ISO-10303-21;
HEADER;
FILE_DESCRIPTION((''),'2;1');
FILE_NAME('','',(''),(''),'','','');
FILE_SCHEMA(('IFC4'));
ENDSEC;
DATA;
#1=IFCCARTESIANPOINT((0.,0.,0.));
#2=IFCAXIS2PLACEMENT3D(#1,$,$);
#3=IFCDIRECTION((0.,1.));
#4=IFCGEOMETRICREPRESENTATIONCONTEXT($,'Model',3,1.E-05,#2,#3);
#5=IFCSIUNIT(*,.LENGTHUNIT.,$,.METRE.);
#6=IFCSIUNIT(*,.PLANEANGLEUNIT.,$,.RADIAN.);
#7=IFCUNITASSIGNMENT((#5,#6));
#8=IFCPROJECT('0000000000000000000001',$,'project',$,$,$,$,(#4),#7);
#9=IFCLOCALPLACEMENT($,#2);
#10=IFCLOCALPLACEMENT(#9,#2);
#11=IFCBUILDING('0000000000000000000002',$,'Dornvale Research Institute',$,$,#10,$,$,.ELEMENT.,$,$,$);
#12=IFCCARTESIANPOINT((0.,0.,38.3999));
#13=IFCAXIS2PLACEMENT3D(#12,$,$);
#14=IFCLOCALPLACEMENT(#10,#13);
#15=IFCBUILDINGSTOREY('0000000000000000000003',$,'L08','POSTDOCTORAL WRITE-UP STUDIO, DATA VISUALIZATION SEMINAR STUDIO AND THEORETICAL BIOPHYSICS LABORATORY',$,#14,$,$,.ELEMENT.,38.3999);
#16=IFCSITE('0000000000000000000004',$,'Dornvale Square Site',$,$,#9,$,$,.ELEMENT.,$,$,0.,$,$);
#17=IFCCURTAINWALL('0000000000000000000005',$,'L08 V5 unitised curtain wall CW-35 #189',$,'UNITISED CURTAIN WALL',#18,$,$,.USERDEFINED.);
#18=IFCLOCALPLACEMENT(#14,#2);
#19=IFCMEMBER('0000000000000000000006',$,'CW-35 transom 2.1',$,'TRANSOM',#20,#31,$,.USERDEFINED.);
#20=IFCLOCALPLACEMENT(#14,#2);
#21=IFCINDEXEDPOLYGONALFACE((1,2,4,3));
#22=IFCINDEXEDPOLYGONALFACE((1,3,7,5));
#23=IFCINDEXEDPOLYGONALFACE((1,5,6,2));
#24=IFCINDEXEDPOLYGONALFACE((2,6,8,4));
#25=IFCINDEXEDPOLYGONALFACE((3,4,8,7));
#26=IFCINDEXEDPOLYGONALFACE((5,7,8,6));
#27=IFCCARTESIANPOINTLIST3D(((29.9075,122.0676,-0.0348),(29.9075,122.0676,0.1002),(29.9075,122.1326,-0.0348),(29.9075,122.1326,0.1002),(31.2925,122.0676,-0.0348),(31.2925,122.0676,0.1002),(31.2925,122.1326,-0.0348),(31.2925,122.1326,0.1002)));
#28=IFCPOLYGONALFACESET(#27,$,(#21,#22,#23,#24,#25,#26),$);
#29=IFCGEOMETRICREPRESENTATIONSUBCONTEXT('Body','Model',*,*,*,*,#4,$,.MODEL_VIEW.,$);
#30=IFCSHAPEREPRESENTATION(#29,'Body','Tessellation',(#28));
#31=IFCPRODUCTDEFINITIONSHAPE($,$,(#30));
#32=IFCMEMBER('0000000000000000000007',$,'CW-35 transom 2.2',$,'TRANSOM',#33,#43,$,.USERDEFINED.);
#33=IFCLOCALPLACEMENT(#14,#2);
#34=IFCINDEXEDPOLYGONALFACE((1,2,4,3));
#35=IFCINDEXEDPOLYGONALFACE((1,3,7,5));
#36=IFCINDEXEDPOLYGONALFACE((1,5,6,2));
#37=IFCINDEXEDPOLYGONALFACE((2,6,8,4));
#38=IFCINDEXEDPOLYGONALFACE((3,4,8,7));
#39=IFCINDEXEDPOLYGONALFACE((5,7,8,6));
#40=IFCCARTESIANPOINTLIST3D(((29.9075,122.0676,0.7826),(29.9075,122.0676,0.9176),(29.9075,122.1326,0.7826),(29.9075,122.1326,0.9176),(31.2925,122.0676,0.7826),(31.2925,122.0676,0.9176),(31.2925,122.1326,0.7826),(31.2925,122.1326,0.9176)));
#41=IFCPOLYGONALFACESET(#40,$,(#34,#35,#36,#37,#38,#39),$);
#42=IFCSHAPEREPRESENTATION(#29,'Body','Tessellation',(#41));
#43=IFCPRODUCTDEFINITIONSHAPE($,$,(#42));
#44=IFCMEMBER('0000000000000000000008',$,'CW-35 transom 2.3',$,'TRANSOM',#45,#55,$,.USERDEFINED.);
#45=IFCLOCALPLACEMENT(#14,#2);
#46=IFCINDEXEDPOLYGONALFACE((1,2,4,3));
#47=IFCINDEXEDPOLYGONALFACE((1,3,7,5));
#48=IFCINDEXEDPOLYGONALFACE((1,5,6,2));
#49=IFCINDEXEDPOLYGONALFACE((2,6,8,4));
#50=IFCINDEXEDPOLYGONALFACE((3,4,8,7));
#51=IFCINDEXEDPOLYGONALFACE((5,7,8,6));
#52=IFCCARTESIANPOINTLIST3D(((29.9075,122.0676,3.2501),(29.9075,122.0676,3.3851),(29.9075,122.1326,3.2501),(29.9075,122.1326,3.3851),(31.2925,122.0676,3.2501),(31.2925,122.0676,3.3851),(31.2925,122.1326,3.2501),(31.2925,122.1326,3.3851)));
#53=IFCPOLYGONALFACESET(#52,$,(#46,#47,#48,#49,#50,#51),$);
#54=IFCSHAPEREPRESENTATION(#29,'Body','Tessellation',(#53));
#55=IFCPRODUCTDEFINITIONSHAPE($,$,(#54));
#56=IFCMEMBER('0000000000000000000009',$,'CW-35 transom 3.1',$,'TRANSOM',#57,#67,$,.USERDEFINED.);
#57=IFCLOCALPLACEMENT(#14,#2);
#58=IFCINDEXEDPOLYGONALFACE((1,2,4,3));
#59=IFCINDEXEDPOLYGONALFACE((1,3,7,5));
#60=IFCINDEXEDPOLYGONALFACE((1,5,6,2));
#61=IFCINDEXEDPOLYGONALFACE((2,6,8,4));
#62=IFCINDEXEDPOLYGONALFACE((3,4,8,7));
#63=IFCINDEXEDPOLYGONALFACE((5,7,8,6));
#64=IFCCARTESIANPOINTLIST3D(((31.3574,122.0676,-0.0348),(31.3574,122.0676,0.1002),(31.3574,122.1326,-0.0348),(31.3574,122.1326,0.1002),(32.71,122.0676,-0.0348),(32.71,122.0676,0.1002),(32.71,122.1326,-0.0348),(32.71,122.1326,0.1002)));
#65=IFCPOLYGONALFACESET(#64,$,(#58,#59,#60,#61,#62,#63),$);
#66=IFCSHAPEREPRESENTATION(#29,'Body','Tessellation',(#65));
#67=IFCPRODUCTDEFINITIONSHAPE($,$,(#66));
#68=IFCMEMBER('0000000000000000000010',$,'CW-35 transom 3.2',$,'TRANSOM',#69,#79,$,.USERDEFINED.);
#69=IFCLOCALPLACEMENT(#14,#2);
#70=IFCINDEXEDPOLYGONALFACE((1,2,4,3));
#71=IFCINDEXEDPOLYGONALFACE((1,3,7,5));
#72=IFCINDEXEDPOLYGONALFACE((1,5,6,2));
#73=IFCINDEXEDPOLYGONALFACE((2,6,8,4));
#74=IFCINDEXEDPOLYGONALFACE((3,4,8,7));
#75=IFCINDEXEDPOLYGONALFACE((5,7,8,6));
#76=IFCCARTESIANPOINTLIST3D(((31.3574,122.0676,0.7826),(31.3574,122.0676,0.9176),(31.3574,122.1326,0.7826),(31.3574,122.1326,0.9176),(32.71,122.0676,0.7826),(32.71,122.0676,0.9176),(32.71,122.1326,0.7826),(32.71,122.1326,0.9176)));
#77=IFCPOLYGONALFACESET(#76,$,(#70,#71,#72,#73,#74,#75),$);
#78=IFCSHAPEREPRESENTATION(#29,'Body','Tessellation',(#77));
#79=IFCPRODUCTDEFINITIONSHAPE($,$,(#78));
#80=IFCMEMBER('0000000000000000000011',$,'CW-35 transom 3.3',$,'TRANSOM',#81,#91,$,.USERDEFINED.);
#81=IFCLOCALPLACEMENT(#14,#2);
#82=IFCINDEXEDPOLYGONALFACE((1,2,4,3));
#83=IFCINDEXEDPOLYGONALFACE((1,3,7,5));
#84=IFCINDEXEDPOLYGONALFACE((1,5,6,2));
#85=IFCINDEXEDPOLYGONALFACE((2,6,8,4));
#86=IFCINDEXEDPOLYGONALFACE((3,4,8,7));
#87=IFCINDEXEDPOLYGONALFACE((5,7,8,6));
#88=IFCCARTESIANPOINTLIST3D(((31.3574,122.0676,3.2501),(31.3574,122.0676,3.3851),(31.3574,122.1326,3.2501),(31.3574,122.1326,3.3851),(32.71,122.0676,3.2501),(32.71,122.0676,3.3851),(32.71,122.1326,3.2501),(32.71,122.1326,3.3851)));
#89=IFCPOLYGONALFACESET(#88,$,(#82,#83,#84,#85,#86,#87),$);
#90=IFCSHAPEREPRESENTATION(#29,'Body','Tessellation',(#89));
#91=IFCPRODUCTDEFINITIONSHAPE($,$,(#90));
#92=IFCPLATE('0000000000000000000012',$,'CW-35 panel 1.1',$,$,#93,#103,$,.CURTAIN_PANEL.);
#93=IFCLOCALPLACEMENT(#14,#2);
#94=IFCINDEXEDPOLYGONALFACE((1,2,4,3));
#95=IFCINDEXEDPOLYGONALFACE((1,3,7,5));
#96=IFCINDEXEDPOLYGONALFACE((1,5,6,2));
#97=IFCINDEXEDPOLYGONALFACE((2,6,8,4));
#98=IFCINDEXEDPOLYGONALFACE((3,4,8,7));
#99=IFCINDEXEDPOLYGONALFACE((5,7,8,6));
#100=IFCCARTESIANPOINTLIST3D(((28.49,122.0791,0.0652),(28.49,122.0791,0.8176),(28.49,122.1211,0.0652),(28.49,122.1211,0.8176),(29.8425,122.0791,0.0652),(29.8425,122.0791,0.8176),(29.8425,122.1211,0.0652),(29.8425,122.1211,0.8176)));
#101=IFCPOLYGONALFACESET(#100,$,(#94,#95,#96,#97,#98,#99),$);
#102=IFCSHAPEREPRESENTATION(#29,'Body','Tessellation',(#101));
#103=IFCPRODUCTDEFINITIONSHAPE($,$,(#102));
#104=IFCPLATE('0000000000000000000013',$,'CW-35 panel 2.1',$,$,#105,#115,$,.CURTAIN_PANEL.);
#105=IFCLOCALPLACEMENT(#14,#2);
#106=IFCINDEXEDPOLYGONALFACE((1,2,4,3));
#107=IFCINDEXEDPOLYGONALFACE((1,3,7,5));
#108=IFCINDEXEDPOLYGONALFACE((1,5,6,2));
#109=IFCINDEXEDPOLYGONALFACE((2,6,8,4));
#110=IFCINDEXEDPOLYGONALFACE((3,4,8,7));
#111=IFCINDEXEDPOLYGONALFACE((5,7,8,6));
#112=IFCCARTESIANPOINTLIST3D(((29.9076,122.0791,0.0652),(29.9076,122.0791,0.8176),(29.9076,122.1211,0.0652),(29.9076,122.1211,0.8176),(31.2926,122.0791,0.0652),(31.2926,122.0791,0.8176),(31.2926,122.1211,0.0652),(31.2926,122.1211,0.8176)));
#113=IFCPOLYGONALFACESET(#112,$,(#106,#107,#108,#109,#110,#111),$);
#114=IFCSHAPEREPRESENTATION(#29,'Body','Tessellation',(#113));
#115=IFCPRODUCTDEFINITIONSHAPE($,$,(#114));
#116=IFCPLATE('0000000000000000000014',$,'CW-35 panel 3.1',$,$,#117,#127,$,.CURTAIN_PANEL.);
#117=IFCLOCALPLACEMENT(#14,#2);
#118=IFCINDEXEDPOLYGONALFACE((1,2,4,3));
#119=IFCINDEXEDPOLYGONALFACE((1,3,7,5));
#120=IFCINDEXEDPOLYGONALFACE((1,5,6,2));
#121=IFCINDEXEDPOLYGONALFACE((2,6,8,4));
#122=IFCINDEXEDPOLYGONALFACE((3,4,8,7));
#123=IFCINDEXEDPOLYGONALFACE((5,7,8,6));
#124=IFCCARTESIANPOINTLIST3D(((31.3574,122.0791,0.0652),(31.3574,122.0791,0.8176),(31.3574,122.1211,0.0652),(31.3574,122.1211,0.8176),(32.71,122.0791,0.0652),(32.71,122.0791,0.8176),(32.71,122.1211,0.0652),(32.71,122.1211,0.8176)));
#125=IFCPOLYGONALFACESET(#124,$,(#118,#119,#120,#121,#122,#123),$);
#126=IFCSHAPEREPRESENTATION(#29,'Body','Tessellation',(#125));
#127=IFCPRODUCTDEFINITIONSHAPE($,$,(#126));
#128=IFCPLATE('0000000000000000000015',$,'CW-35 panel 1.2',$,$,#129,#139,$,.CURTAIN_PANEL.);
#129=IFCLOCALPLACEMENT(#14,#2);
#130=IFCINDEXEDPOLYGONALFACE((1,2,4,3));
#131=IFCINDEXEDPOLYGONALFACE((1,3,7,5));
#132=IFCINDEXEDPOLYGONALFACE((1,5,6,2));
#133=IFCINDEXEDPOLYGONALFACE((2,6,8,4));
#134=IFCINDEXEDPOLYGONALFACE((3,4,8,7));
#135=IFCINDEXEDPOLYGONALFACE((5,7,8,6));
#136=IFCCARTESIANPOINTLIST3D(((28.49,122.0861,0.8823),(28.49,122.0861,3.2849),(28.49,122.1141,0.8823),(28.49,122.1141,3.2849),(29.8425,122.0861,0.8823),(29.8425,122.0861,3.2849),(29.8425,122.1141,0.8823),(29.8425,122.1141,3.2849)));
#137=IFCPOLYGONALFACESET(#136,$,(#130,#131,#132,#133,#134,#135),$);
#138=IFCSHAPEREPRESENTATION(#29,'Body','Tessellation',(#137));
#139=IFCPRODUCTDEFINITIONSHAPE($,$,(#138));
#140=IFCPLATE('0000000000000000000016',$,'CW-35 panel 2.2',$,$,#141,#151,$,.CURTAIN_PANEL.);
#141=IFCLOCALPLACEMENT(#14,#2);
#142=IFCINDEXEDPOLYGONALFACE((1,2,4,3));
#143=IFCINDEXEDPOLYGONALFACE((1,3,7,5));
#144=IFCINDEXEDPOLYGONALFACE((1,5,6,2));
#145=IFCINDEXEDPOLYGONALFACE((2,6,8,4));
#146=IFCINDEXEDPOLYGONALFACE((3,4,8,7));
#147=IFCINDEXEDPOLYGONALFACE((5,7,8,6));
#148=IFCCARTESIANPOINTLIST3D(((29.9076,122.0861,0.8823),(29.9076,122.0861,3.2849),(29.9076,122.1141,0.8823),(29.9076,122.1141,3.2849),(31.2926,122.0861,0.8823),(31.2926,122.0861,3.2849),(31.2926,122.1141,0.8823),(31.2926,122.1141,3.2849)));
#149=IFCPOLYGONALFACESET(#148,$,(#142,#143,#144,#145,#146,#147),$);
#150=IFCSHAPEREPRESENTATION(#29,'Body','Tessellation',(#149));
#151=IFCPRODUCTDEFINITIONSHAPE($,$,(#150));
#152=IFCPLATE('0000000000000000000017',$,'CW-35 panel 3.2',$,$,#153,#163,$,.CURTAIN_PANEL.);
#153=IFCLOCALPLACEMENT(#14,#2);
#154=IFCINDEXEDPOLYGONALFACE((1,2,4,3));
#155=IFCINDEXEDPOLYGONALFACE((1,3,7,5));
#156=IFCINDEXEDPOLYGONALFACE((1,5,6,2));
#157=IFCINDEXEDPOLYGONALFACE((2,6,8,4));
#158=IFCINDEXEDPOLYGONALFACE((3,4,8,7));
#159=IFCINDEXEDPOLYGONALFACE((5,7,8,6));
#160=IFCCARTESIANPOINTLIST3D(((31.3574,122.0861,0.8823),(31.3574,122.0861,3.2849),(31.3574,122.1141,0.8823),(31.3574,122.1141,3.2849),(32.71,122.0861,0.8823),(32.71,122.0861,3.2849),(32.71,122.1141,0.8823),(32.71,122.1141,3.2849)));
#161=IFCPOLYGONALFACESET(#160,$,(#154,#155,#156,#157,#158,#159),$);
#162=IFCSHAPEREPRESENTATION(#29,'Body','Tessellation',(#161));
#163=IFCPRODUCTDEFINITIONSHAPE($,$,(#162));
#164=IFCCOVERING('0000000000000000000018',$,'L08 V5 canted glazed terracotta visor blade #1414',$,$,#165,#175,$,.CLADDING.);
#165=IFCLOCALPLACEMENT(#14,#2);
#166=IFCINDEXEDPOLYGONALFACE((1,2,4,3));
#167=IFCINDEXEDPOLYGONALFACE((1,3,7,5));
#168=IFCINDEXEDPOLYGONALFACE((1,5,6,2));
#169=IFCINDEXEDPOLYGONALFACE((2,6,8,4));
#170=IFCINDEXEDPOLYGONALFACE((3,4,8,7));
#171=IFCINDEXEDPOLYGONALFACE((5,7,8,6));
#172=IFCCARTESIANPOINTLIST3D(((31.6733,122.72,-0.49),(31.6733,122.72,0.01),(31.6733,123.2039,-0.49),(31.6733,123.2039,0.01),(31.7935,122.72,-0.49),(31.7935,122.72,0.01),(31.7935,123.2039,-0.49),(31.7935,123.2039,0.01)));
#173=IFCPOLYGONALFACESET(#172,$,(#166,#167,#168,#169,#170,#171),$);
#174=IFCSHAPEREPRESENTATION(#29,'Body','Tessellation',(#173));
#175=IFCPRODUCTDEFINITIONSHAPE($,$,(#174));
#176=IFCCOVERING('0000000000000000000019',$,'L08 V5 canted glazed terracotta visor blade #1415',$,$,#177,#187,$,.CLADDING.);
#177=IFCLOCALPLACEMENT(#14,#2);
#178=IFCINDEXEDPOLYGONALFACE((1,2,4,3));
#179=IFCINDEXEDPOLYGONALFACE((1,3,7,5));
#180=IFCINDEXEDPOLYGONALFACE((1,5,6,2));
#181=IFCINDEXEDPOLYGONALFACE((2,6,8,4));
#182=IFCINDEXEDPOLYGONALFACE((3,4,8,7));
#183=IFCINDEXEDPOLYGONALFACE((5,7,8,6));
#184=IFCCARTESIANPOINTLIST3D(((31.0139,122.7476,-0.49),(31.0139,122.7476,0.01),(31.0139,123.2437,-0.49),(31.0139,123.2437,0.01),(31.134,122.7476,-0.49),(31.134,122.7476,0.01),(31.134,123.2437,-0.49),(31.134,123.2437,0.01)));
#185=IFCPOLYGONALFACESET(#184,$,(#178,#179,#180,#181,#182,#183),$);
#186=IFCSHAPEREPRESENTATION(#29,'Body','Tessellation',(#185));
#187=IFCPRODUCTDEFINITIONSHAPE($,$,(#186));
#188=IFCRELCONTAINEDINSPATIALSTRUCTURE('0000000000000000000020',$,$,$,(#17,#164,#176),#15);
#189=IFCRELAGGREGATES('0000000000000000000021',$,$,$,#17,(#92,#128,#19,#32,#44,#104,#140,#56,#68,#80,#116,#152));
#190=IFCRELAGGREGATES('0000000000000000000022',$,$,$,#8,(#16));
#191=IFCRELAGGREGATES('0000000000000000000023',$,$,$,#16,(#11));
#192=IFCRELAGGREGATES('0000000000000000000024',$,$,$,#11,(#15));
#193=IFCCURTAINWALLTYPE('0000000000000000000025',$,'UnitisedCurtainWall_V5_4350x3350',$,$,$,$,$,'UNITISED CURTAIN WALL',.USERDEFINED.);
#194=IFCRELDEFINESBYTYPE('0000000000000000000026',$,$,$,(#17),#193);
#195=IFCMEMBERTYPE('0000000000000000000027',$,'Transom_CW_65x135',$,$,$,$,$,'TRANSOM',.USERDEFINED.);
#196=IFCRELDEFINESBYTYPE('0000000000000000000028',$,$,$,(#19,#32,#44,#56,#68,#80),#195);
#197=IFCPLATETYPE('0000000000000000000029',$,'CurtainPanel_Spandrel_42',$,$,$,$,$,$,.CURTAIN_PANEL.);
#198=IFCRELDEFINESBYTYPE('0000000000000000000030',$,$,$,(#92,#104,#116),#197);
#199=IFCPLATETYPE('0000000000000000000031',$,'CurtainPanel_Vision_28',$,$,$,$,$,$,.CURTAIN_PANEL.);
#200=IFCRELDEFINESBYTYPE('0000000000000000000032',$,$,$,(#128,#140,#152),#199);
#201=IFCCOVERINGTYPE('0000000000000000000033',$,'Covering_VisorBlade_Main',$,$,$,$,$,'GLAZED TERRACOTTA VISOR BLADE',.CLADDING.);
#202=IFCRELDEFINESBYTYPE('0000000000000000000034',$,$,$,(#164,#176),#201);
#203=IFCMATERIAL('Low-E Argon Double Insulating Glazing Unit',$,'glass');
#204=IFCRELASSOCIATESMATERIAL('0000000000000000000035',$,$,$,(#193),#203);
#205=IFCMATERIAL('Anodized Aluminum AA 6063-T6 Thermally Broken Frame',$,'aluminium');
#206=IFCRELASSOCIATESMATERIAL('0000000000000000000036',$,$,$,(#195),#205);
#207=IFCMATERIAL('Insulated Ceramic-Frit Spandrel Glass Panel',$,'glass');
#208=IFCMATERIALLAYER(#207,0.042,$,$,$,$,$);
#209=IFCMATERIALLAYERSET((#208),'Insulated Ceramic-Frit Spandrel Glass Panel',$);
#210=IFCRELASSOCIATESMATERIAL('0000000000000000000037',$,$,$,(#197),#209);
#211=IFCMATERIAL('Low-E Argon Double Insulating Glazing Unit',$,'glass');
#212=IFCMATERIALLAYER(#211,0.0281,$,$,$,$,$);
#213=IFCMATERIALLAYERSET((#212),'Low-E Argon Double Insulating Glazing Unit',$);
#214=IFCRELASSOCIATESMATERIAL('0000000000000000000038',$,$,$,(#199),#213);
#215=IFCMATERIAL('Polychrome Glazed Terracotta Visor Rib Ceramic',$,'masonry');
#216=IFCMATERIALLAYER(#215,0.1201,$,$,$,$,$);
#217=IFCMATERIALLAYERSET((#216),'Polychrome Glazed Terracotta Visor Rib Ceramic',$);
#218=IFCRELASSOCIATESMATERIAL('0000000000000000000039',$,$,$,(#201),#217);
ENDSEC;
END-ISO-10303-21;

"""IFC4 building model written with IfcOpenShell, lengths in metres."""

from ifc_helpers import new_model, si_unit, direction, frame, origin, origin_2d, place, context, subcontext, project, spatial, rectangle, extrude, material, layer, layer_set, material_profile, profile_set, type_object, element, aggregate, save


model = new_model("IFC4")

# Units and contexts
model_context = context("Model", 3, precision=1e-05, world=origin(), true_north=direction((0.0, 1.0)))
body_context = subcontext(model_context, "Body", "Model", "MODEL_VIEW")
ifc_project = project(units=[si_unit("LENGTHUNIT", "METRE"), si_unit("PLANEANGLEUNIT", "RADIAN")], contexts=[model_context])

# Site, building, storey
site_placement = place(None, origin())
site = spatial("IfcSite", under=ifc_project, at=site_placement, Name="Dornvale Square Site", CompositionType="ELEMENT", RefElevation=0.0)
building_placement = place(site_placement, origin())
building = spatial("IfcBuilding", under=site, at=building_placement, Name="Dornvale Research Institute", CompositionType="ELEMENT")
storey_placement = place(building_placement, frame((0.0, 0.0, 38.3999)))
storey = spatial("IfcBuildingStorey", under=building, at=storey_placement, Name="L08", Description="POSTDOCTORAL WRITE-UP STUDIO, DATA VISUALIZATION SEMINAR STUDIO AND THEORETICAL BIOPHYSICS LABORATORY", CompositionType="ELEMENT", Elevation=38.3999)

# Curtain wall
ifc_material_1 = material(Name="Low-E Argon Double Insulating Glazing Unit", Category="glass")
curtain_wall_type = type_object("IfcCurtainWallType", Name="UnitisedCurtainWall_V5_4350x3350", ElementType="UNITISED CURTAIN WALL", PredefinedType="USERDEFINED", material=ifc_material_1)
curtain_wall_placement = place(storey_placement, origin())
curtain_wall = element("IfcCurtainWall", 1, at=curtain_wall_placement, inside=storey, type_object=curtain_wall_type, Name="L08 V5 unitised curtain wall CW-35 #189", ObjectType="UNITISED CURTAIN WALL", PredefinedType="USERDEFINED")

# Members
ifc_material_2 = material(Name="Anodized Aluminum AA 6063-T6 Thermally Broken Frame", Category="aluminium")
ifc_material_profile_1 = material_profile(ifc_material_2, rectangle(XDim=0.0649, YDim=0.135, at=origin_2d()), Name="ALU TRANSOM 65x135")
ifc_profile_set_1 = profile_set([ifc_material_profile_1], Name="Anodized Aluminum AA 6063-T6 Thermally Broken Frame")
member_type_1 = type_object("IfcMemberType", Name="Transom_CW_65x135", ElementType="TRANSOM", PredefinedType="USERDEFINED", material=ifc_profile_set_1)
member_1_placement = place(storey_placement, frame((29.9075, 122.1001, 0.0327), z_axis=(1.0, 0.0, 0.0), x_axis=(0.0, 1.0, 0.0)))
member_1 = element("IfcMember", 2, at=member_1_placement, type_object=member_type_1, Name="CW-35 transom 2.1", ObjectType="TRANSOM", PredefinedType="USERDEFINED", context=body_context, shape_type="SweptSolid", body=[
    extrude(rectangle(XDim=0.0649, YDim=0.135, at=origin_2d()), origin(), (0.0, 0.0, 1.0), 1.385),
])
member_2_placement = place(storey_placement, frame((29.9075, 122.1001, 0.8501), z_axis=(1.0, 0.0, 0.0), x_axis=(0.0, 1.0, 0.0)))
member_2 = element("IfcMember", 3, at=member_2_placement, type_object=member_type_1, Name="CW-35 transom 2.2", ObjectType="TRANSOM", PredefinedType="USERDEFINED", context=body_context, shape_type="SweptSolid", body=[
    extrude(rectangle(XDim=0.0649, YDim=0.135, at=origin_2d()), origin(), (0.0, 0.0, 1.0), 1.385),
])
member_3_placement = place(storey_placement, frame((29.9075, 122.1001, 3.3176), z_axis=(1.0, 0.0, 0.0), x_axis=(0.0, 1.0, 0.0)))
member_3 = element("IfcMember", 4, at=member_3_placement, type_object=member_type_1, Name="CW-35 transom 2.3", ObjectType="TRANSOM", PredefinedType="USERDEFINED", context=body_context, shape_type="SweptSolid", body=[
    extrude(rectangle(XDim=0.0649, YDim=0.135, at=origin_2d()), origin(), (0.0, 0.0, 1.0), 1.385),
])
member_4_placement = place(storey_placement, frame((31.3574, 122.1001, 0.0327), z_axis=(1.0, 0.0, 0.0), x_axis=(0.0, 1.0, 0.0)))
member_4 = element("IfcMember", 5, at=member_4_placement, type_object=member_type_1, Name="CW-35 transom 3.1", ObjectType="TRANSOM", PredefinedType="USERDEFINED", context=body_context, shape_type="SweptSolid", body=[
    extrude(rectangle(XDim=0.0649, YDim=0.135, at=origin_2d()), origin(), (0.0, 0.0, 1.0), 1.3525),
])
member_5_placement = place(storey_placement, frame((31.3574, 122.1001, 0.8501), z_axis=(1.0, 0.0, 0.0), x_axis=(0.0, 1.0, 0.0)))
member_5 = element("IfcMember", 6, at=member_5_placement, type_object=member_type_1, Name="CW-35 transom 3.2", ObjectType="TRANSOM", PredefinedType="USERDEFINED", context=body_context, shape_type="SweptSolid", body=[
    extrude(rectangle(XDim=0.0649, YDim=0.135, at=origin_2d()), origin(), (0.0, 0.0, 1.0), 1.3525),
])
member_6_placement = place(storey_placement, frame((31.3574, 122.1001, 3.3176), z_axis=(1.0, 0.0, 0.0), x_axis=(0.0, 1.0, 0.0)))
member_6 = element("IfcMember", 7, at=member_6_placement, type_object=member_type_1, Name="CW-35 transom 3.3", ObjectType="TRANSOM", PredefinedType="USERDEFINED", context=body_context, shape_type="SweptSolid", body=[
    extrude(rectangle(XDim=0.0649, YDim=0.135, at=origin_2d()), origin(), (0.0, 0.0, 1.0), 1.3525),
])

# Plates
ifc_material_3 = material(Name="Insulated Ceramic-Frit Spandrel Glass Panel", Category="glass")
ifc_layer_1 = layer(ifc_material_3, 0.042)
ifc_layer_set_1 = layer_set([ifc_layer_1], Name="Insulated Ceramic-Frit Spandrel Glass Panel")
plate_type_1 = type_object("IfcPlateType", Name="CurtainPanel_Spandrel_42", PredefinedType="CURTAIN_PANEL", material=ifc_layer_set_1)
plate_1_placement = place(storey_placement, frame((29.1663, 122.1001, 0.0652), z_axis=(0.0, 0.0, 1.0), x_axis=(1.0, 0.0, 0.0)))
plate_1 = element("IfcPlate", 8, at=plate_1_placement, type_object=plate_type_1, Name="CW-35 panel 1.1", PredefinedType="CURTAIN_PANEL", context=body_context, shape_type="SweptSolid", body=[
    extrude(rectangle(XDim=1.3525, YDim=0.042, at=origin_2d()), origin(), (0.0, 0.0, 1.0), 0.7524),
])
plate_2_placement = place(storey_placement, frame((30.6001, 122.1001, 0.0652), z_axis=(0.0, 0.0, 1.0), x_axis=(1.0, 0.0, 0.0)))
plate_2 = element("IfcPlate", 9, at=plate_2_placement, type_object=plate_type_1, Name="CW-35 panel 2.1", PredefinedType="CURTAIN_PANEL", context=body_context, shape_type="SweptSolid", body=[
    extrude(rectangle(XDim=1.385, YDim=0.042, at=origin_2d()), origin(), (0.0, 0.0, 1.0), 0.7524),
])
plate_3_placement = place(storey_placement, frame((32.0337, 122.1001, 0.0652), z_axis=(0.0, 0.0, 1.0), x_axis=(1.0, 0.0, 0.0)))
plate_3 = element("IfcPlate", 10, at=plate_3_placement, type_object=plate_type_1, Name="CW-35 panel 3.1", PredefinedType="CURTAIN_PANEL", context=body_context, shape_type="SweptSolid", body=[
    extrude(rectangle(XDim=1.3525, YDim=0.042, at=origin_2d()), origin(), (0.0, 0.0, 1.0), 0.7524),
])
ifc_material_4 = material(Name="Low-E Argon Double Insulating Glazing Unit", Category="glass")
ifc_layer_2 = layer(ifc_material_4, 0.0281)
ifc_layer_set_2 = layer_set([ifc_layer_2], Name="Low-E Argon Double Insulating Glazing Unit")
plate_type_2 = type_object("IfcPlateType", Name="CurtainPanel_Vision_28", PredefinedType="CURTAIN_PANEL", material=ifc_layer_set_2)
plate_4_placement = place(storey_placement, frame((29.1663, 122.1001, 0.8823), z_axis=(0.0, 0.0, 1.0), x_axis=(1.0, 0.0, 0.0)))
plate_4 = element("IfcPlate", 11, at=plate_4_placement, type_object=plate_type_2, Name="CW-35 panel 1.2", PredefinedType="CURTAIN_PANEL", context=body_context, shape_type="SweptSolid", body=[
    extrude(rectangle(XDim=1.3525, YDim=0.0281, at=origin_2d()), origin(), (0.0, 0.0, 1.0), 2.4026),
])
plate_5_placement = place(storey_placement, frame((30.6001, 122.1001, 0.8823), z_axis=(0.0, 0.0, 1.0), x_axis=(1.0, 0.0, 0.0)))
plate_5 = element("IfcPlate", 12, at=plate_5_placement, type_object=plate_type_2, Name="CW-35 panel 2.2", PredefinedType="CURTAIN_PANEL", context=body_context, shape_type="SweptSolid", body=[
    extrude(rectangle(XDim=1.385, YDim=0.0281, at=origin_2d()), origin(), (0.0, 0.0, 1.0), 2.4026),
])
plate_6_placement = place(storey_placement, frame((32.0337, 122.1001, 0.8823), z_axis=(0.0, 0.0, 1.0), x_axis=(1.0, 0.0, 0.0)))
plate_6 = element("IfcPlate", 13, at=plate_6_placement, type_object=plate_type_2, Name="CW-35 panel 3.2", PredefinedType="CURTAIN_PANEL", context=body_context, shape_type="SweptSolid", body=[
    extrude(rectangle(XDim=1.3525, YDim=0.0281, at=origin_2d()), origin(), (0.0, 0.0, 1.0), 2.4026),
])
aggregate(curtain_wall, [plate_1, plate_4, member_1, member_2, member_3, plate_2, plate_5, member_4, member_5, member_6, plate_3, plate_6])

# Coverings
ifc_material_5 = material(Name="Polychrome Glazed Terracotta Visor Rib Ceramic", Category="masonry")
ifc_layer_3 = layer(ifc_material_5, 0.1201)
ifc_layer_set_3 = layer_set([ifc_layer_3], Name="Polychrome Glazed Terracotta Visor Rib Ceramic")
covering_type = type_object("IfcCoveringType", Name="Covering_VisorBlade_Main", ElementType="GLAZED TERRACOTTA VISOR BLADE", PredefinedType="CLADDING", material=ifc_layer_set_3)
covering_1_placement = place(storey_placement, frame((31.7334, 122.9619, -0.49), z_axis=(0.0, 0.0, 1.0), x_axis=(0.0, 1.0, 0.0)))
element("IfcCovering", 14, at=covering_1_placement, inside=storey, type_object=covering_type, Name="L08 V5 canted glazed terracotta visor blade #1414", PredefinedType="CLADDING", context=body_context, shape_type="SweptSolid", body=[
    extrude(rectangle(XDim=0.4839, YDim=0.1201, at=origin_2d()), origin(), (0.0, 0.0, 1.0), 0.5),
])
covering_2_placement = place(storey_placement, frame((31.074, 122.9956, -0.49), z_axis=(0.0, 0.0, 1.0), x_axis=(0.0, 1.0, 0.0)))
element("IfcCovering", 15, at=covering_2_placement, inside=storey, type_object=covering_type, Name="L08 V5 canted glazed terracotta visor blade #1415", PredefinedType="CLADDING", context=body_context, shape_type="SweptSolid", body=[
    extrude(rectangle(XDim=0.4961, YDim=0.1201, at=origin_2d()), origin(), (0.0, 0.0, 1.0), 0.5),
])

save(model, "model.ifc")
